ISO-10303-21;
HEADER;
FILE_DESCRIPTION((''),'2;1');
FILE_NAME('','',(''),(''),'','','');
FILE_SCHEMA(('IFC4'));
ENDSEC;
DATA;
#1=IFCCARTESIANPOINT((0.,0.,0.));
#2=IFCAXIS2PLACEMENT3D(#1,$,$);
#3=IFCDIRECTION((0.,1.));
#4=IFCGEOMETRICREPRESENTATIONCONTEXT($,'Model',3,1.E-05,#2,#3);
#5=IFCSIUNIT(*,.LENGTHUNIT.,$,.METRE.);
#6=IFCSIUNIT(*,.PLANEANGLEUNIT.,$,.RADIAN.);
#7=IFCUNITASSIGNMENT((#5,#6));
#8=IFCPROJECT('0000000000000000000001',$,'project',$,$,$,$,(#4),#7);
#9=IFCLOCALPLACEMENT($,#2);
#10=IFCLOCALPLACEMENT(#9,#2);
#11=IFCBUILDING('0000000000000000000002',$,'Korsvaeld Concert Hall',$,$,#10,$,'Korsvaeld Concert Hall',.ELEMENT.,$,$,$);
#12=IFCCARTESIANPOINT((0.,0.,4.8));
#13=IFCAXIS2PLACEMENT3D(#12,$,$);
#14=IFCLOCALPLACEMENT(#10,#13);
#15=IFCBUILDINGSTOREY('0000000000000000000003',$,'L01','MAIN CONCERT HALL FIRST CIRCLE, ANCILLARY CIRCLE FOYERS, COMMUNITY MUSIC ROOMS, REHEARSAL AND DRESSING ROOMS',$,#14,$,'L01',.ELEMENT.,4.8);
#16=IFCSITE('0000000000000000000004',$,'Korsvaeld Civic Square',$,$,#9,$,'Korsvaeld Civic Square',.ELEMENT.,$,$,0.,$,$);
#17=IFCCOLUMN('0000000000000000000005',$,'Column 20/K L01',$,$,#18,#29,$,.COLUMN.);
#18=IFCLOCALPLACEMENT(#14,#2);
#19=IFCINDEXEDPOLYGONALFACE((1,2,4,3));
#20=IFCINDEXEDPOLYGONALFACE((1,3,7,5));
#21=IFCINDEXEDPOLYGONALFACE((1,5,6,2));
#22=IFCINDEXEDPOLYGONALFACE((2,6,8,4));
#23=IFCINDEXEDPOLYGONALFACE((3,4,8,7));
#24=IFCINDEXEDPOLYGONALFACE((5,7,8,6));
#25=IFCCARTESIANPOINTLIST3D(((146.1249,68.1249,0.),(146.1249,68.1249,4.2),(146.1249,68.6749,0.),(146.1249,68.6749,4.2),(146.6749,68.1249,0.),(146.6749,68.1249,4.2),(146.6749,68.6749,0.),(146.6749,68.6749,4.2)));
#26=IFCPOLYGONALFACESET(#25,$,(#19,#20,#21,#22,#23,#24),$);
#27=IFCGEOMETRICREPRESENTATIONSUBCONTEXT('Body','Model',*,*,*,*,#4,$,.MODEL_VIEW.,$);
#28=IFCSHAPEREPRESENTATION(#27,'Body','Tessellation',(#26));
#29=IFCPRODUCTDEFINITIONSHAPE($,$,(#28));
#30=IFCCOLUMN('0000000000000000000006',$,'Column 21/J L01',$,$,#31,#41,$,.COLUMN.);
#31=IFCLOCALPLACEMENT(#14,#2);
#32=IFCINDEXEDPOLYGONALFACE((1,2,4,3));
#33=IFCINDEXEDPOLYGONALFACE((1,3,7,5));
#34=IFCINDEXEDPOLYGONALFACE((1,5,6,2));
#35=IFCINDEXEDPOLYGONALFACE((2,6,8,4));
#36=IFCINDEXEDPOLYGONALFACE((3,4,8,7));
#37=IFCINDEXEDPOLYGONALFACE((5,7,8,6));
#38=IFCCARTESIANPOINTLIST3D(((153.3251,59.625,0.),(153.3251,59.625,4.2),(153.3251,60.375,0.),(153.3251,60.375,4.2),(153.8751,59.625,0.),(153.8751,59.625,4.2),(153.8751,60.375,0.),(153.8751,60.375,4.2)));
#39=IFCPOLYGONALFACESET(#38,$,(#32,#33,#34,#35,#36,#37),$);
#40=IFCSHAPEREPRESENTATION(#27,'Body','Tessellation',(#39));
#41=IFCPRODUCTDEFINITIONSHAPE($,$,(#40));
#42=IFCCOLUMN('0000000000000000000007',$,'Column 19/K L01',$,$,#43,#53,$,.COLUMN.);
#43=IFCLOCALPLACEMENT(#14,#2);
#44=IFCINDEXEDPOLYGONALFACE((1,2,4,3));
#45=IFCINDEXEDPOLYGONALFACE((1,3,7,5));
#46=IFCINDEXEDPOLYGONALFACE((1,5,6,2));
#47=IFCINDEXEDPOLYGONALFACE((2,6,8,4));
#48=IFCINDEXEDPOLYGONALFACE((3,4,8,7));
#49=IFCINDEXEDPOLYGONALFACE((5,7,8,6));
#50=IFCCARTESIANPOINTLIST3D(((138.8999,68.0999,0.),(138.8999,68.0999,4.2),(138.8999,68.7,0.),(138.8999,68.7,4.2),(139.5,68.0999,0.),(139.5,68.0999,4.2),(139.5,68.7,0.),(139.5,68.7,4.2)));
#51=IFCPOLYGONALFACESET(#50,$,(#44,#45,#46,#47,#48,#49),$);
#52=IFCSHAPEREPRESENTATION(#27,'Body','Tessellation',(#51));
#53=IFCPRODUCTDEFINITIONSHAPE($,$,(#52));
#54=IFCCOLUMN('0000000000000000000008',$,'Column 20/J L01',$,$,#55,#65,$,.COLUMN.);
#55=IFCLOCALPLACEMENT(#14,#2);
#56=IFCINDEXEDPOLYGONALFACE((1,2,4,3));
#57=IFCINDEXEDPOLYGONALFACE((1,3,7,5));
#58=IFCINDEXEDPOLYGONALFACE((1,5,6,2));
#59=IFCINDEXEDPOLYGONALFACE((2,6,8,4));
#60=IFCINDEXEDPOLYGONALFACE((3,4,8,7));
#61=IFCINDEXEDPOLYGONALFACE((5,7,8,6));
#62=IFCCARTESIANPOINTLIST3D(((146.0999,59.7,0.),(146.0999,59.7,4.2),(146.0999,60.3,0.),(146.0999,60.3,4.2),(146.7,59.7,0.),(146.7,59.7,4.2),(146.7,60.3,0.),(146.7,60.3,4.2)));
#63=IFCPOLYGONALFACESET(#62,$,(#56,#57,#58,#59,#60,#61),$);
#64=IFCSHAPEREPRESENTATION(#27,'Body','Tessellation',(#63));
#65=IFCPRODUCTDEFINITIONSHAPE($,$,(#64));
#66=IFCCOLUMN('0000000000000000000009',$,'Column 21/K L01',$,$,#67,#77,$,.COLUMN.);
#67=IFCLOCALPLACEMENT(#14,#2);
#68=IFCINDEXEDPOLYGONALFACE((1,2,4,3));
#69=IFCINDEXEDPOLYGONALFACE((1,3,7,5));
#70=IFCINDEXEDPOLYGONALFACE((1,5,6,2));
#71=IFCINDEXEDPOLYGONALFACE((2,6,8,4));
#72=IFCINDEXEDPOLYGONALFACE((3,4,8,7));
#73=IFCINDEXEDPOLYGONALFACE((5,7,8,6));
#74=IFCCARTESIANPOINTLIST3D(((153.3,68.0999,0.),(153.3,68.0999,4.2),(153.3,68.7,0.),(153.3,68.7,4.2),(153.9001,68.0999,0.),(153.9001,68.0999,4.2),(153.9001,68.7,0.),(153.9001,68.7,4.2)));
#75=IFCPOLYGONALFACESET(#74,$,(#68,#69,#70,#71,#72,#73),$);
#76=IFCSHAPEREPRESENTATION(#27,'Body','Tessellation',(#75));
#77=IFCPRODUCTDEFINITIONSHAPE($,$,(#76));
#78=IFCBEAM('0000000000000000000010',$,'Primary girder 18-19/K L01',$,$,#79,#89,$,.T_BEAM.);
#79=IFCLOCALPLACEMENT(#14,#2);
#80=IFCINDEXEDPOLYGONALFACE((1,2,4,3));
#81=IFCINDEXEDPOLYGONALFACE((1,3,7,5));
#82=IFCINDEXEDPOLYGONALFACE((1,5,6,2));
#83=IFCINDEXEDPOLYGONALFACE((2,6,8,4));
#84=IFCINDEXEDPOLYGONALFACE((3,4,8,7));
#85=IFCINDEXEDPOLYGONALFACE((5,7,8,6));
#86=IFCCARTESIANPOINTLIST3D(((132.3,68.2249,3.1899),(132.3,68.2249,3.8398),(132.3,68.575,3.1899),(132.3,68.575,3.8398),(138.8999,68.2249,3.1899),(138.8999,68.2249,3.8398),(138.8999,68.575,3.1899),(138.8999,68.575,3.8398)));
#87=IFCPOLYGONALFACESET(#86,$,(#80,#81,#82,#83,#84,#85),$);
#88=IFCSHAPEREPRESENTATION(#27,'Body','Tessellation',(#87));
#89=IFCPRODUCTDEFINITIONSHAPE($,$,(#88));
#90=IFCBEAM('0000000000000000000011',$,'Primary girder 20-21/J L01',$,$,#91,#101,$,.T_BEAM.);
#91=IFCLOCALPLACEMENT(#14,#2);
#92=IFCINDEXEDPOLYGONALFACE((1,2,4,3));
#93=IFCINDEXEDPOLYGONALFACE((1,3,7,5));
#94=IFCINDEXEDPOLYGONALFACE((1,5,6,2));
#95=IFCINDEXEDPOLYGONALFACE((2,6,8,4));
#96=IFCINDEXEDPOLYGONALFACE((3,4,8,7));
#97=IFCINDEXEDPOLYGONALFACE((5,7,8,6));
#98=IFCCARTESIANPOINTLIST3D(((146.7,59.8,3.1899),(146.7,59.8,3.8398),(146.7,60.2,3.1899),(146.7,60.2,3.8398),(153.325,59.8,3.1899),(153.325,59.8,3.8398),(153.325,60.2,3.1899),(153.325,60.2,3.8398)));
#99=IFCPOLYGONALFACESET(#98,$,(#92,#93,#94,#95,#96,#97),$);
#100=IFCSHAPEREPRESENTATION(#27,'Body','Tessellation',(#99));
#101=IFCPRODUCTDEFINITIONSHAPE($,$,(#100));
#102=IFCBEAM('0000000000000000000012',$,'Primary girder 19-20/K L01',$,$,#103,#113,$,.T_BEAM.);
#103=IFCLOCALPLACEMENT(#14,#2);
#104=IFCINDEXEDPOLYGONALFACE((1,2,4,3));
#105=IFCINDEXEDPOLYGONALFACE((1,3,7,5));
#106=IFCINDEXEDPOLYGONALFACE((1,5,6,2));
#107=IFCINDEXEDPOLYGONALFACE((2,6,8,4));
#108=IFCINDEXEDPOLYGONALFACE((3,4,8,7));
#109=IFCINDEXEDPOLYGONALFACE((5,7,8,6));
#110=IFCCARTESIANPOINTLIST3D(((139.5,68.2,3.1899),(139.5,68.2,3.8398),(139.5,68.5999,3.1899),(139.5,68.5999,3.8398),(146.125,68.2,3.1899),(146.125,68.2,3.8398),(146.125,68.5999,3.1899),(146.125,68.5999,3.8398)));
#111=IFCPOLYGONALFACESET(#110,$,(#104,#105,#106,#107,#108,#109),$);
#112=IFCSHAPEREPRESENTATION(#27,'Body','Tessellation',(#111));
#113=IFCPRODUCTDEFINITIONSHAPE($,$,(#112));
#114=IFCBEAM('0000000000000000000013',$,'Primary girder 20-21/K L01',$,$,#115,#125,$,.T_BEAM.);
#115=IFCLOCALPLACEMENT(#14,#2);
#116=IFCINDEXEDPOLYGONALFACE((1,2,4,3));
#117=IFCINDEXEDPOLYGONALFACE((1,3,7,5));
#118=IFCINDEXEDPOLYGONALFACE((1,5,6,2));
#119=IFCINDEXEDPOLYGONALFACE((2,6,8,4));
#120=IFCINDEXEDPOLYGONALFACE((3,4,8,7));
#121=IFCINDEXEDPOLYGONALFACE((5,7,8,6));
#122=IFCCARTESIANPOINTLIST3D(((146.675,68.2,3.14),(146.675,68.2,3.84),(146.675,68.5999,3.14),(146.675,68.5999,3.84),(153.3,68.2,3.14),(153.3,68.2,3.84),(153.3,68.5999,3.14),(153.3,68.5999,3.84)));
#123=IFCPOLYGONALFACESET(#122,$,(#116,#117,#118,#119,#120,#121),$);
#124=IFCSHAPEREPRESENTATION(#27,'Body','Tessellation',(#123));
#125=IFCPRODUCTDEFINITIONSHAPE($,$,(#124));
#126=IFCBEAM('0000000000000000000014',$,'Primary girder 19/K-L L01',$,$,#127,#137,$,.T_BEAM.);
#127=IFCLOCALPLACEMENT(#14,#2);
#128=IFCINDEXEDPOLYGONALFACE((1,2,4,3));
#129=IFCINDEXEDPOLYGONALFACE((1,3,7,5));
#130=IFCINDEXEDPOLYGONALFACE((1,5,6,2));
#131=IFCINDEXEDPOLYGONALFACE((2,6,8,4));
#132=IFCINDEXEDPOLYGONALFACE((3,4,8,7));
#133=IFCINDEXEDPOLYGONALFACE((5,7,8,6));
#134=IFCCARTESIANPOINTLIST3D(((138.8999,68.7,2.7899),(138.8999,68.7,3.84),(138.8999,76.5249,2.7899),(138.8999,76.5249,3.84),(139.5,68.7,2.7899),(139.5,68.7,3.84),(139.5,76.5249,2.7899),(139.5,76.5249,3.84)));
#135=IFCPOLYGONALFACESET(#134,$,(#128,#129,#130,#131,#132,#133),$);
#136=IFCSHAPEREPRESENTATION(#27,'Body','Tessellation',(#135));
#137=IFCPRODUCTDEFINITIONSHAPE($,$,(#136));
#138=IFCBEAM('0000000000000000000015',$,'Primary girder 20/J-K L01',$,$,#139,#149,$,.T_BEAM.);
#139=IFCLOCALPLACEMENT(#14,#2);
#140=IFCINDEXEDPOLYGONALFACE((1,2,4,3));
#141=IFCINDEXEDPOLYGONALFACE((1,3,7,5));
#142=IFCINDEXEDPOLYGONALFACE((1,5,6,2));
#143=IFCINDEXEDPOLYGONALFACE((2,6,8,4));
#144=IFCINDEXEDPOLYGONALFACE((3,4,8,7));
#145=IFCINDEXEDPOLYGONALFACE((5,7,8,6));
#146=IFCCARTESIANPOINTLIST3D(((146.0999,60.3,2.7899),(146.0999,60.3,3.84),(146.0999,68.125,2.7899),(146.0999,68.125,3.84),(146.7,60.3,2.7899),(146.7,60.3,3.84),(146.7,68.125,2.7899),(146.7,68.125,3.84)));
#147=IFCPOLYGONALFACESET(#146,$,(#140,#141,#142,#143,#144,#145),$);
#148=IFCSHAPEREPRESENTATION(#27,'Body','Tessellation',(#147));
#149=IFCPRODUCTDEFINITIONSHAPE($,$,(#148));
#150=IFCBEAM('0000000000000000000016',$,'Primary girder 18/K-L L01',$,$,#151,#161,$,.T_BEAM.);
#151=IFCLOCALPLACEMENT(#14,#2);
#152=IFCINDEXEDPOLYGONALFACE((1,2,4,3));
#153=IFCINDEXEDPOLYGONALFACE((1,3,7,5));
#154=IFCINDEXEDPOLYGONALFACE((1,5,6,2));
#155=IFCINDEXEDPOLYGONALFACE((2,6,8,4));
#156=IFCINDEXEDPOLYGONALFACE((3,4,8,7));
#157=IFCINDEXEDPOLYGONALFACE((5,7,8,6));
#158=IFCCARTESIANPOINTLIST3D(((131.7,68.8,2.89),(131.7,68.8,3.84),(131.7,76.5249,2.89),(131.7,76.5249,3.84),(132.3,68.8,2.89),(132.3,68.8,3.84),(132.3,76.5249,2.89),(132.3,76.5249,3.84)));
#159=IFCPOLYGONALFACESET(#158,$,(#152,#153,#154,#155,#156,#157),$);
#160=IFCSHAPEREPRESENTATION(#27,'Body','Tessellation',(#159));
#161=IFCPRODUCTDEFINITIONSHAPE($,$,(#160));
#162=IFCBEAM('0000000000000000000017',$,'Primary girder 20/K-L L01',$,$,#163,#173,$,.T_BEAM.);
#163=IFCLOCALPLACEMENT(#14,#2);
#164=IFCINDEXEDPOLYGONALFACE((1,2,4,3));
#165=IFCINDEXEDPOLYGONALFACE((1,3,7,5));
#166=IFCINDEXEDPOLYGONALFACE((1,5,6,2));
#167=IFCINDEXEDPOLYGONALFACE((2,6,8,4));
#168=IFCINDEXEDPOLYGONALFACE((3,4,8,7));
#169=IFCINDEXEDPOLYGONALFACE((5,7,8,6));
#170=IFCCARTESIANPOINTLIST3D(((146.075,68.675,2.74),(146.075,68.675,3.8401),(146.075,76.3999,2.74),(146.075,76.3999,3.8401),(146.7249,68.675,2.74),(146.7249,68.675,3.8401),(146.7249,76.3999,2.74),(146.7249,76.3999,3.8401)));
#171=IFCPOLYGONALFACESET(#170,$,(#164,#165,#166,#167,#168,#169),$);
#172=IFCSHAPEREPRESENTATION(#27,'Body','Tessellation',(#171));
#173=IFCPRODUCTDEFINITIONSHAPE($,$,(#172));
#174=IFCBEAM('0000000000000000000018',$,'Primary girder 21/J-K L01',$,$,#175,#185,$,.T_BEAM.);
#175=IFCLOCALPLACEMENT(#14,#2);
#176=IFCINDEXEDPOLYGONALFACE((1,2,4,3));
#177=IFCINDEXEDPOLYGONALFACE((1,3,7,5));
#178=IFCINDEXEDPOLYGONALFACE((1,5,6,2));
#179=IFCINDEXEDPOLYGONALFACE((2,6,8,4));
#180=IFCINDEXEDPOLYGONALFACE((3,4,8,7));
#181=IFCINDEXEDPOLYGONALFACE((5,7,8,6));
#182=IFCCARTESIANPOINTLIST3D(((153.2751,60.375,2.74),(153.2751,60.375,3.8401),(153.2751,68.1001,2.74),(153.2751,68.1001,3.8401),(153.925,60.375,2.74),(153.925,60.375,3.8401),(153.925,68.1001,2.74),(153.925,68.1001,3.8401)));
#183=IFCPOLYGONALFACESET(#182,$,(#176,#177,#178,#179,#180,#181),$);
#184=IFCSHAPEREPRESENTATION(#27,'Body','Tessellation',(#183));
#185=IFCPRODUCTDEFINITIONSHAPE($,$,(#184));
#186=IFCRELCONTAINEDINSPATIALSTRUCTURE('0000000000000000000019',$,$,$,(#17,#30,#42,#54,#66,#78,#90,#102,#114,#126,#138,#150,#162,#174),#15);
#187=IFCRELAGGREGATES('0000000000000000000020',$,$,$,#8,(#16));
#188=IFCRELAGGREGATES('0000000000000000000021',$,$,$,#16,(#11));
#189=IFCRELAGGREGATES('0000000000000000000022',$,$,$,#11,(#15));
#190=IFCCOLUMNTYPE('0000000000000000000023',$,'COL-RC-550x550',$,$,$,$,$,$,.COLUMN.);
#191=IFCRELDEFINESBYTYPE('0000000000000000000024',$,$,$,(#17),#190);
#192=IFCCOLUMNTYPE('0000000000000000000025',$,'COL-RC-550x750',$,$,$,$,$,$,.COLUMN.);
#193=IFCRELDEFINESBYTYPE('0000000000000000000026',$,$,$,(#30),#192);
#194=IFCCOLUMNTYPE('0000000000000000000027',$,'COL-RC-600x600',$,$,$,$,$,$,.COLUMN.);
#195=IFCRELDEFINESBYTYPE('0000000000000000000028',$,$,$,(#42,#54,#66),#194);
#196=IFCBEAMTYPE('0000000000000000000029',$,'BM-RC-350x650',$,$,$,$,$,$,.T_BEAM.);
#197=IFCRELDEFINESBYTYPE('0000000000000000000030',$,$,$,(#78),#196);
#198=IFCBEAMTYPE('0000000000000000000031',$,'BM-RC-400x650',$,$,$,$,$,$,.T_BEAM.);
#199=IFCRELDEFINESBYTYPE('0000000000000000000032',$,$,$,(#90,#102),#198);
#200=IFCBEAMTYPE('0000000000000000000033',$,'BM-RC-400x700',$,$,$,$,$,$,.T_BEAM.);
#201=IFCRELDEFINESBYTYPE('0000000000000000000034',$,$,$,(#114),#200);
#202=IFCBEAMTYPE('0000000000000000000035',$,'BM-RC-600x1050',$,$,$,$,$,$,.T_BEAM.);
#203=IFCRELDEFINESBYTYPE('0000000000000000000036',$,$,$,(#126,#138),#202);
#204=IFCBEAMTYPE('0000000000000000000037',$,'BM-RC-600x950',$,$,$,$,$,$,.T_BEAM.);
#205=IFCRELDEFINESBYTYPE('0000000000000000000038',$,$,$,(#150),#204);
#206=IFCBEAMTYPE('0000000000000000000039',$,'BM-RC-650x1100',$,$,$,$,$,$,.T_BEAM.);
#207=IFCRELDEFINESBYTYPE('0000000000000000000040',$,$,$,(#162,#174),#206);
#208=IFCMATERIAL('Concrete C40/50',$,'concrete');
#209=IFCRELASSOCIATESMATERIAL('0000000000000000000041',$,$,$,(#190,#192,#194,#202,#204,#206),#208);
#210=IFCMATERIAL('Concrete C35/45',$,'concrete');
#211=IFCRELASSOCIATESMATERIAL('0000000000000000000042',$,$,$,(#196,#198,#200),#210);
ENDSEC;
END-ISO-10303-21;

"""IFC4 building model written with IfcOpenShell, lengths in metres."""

from ifc_helpers import new_model, si_unit, direction, frame, origin, origin_2d, place, context, subcontext, project, spatial, rectangle, extrude, material, material_profile, profile_set, type_object, element, save


model = new_model("IFC4")

# Units and contexts
model_context = context("Model", 3, precision=1e-05, world=origin(), true_north=direction((0.0, 1.0)))
body_context = subcontext(model_context, "Body", "Model", "MODEL_VIEW")
ifc_project = project(units=[si_unit("LENGTHUNIT", "METRE"), si_unit("PLANEANGLEUNIT", "RADIAN")], contexts=[model_context])

# Site, building, storey
site_placement = place(None, origin())
site = spatial("IfcSite", under=ifc_project, at=site_placement, Name="Korsvaeld Civic Square", LongName="Korsvaeld Civic Square", CompositionType="ELEMENT", RefElevation=0.0)
building_placement = place(site_placement, origin())
building = spatial("IfcBuilding", under=site, at=building_placement, Name="Korsvaeld Concert Hall", LongName="Korsvaeld Concert Hall", CompositionType="ELEMENT")
storey_placement = place(building_placement, frame((0.0, 0.0, 4.8)))
storey = spatial("IfcBuildingStorey", under=building, at=storey_placement, Name="L01", Description="MAIN CONCERT HALL FIRST CIRCLE, ANCILLARY CIRCLE FOYERS, COMMUNITY MUSIC ROOMS, REHEARSAL AND DRESSING ROOMS", LongName="L01", CompositionType="ELEMENT", Elevation=4.8)

# Columns
ifc_material_1 = material(Name="Concrete C40/50", Category="concrete")
ifc_material_profile_1 = material_profile(ifc_material_1, rectangle(XDim=0.55, YDim=0.55, at=origin_2d()), Name="RC 550x550")
ifc_profile_set_1 = profile_set([ifc_material_profile_1], Name="Concrete C40/50")
column_type_1 = type_object("IfcColumnType", Name="COL-RC-550x550", PredefinedType="COLUMN", material=ifc_profile_set_1)
column_1_placement = place(storey_placement, frame((146.3999, 68.3999, 0.0), z_axis=(0.0, 0.0, 1.0), x_axis=(1.0, 0.0, 0.0)))
element("IfcColumn", 1, at=column_1_placement, inside=storey, type_object=column_type_1, Name="Column 20/K L01", PredefinedType="COLUMN", context=body_context, shape_type="SweptSolid", body=[
    extrude(rectangle(XDim=0.55, YDim=0.55, at=origin_2d()), origin(), (0.0, 0.0, 1.0), 4.2),
])
ifc_material_profile_2 = material_profile(ifc_material_1, rectangle(XDim=0.55, YDim=0.75, at=origin_2d()), Name="RC 550x750")
ifc_profile_set_2 = profile_set([ifc_material_profile_2], Name="Concrete C40/50")
column_type_2 = type_object("IfcColumnType", Name="COL-RC-550x750", PredefinedType="COLUMN", material=ifc_profile_set_2)
column_2_placement = place(storey_placement, frame((153.6001, 60.0, 0.0), z_axis=(0.0, 0.0, 1.0), x_axis=(1.0, 0.0, 0.0)))
element("IfcColumn", 2, at=column_2_placement, inside=storey, type_object=column_type_2, Name="Column 21/J L01", PredefinedType="COLUMN", context=body_context, shape_type="SweptSolid", body=[
    extrude(rectangle(XDim=0.55, YDim=0.75, at=origin_2d()), origin(), (0.0, 0.0, 1.0), 4.2),
])
ifc_material_profile_3 = material_profile(ifc_material_1, rectangle(XDim=0.6001, YDim=0.6001, at=origin_2d()), Name="RC 600x600")
ifc_profile_set_3 = profile_set([ifc_material_profile_3], Name="Concrete C40/50")
column_type_3 = type_object("IfcColumnType", Name="COL-RC-600x600", PredefinedType="COLUMN", material=ifc_profile_set_3)
for number, where, z_axis, x_axis, name in (
    (3, (139.2, 68.3999, 0.0), (0.0, 0.0, 1.0), (1.0, 0.0, 0.0), "Column 19/K L01"),
    (4, (146.3999, 60.0, 0.0), (0.0, 0.0, 1.0), (1.0, 0.0, 0.0), "Column 20/J L01"),
    (5, (153.6001, 68.3999, 0.0), (0.0, 0.0, 1.0), (1.0, 0.0, 0.0), "Column 21/K L01"),
):
    element("IfcColumn", number, at=place(storey_placement, frame(where, z_axis=z_axis, x_axis=x_axis)), inside=storey, type_object=column_type_3, Name=name, PredefinedType="COLUMN", context=body_context, shape_type="SweptSolid", body=[
        extrude(rectangle(XDim=0.6001, YDim=0.6001, at=origin_2d()), origin(), (0.0, 0.0, 1.0), 4.2),
    ])

# Beams
ifc_material_2 = material(Name="Concrete C35/45", Category="concrete")
ifc_material_profile_4 = material_profile(ifc_material_2, rectangle(XDim=0.3501, YDim=0.6499, at=origin_2d()), Name="RC 350x650")
ifc_profile_set_4 = profile_set([ifc_material_profile_4], Name="Concrete C35/45")
beam_type_1 = type_object("IfcBeamType", Name="BM-RC-350x650", PredefinedType="T_BEAM", material=ifc_profile_set_4)
beam_1_placement = place(storey_placement, frame((132.3, 68.3999, 3.5149), z_axis=(1.0, 0.0, 0.0), x_axis=(0.0, 1.0, 0.0)))
element("IfcBeam", 6, at=beam_1_placement, inside=storey, type_object=beam_type_1, Name="Primary girder 18-19/K L01", PredefinedType="T_BEAM", context=body_context, shape_type="SweptSolid", body=[
    extrude(rectangle(XDim=0.3501, YDim=0.6499, at=origin_2d()), origin(), (0.0, 0.0, 1.0), 6.5999),
])
ifc_material_profile_5 = material_profile(ifc_material_2, rectangle(XDim=0.3999, YDim=0.6499, at=origin_2d()), Name="RC 400x650")
ifc_profile_set_5 = profile_set([ifc_material_profile_5], Name="Concrete C35/45")
beam_type_2 = type_object("IfcBeamType", Name="BM-RC-400x650", PredefinedType="T_BEAM", material=ifc_profile_set_5)
for number, where, z_axis, x_axis, name in (
    (7, (146.7, 60.0, 3.5149), (1.0, 0.0, 0.0), (0.0, 1.0, 0.0), "Primary girder 20-21/J L01"),
    (8, (139.5, 68.3999, 3.5149), (1.0, 0.0, 0.0), (0.0, 1.0, 0.0), "Primary girder 19-20/K L01"),
):
    element("IfcBeam", number, at=place(storey_placement, frame(where, z_axis=z_axis, x_axis=x_axis)), inside=storey, type_object=beam_type_2, Name=name, PredefinedType="T_BEAM", context=body_context, shape_type="SweptSolid", body=[
        extrude(rectangle(XDim=0.3999, YDim=0.6499, at=origin_2d()), origin(), (0.0, 0.0, 1.0), 6.625),
    ])
ifc_material_profile_6 = material_profile(ifc_material_2, rectangle(XDim=0.3999, YDim=0.7, at=origin_2d()), Name="RC 400x700")
ifc_profile_set_6 = profile_set([ifc_material_profile_6], Name="Concrete C35/45")
beam_type_3 = type_object("IfcBeamType", Name="BM-RC-400x700", PredefinedType="T_BEAM", material=ifc_profile_set_6)
beam_2_placement = place(storey_placement, frame((146.675, 68.3999, 3.49), z_axis=(1.0, 0.0, 0.0), x_axis=(0.0, 1.0, 0.0)))
element("IfcBeam", 9, at=beam_2_placement, inside=storey, type_object=beam_type_3, Name="Primary girder 20-21/K L01", PredefinedType="T_BEAM", context=body_context, shape_type="SweptSolid", body=[
    extrude(rectangle(XDim=0.3999, YDim=0.7, at=origin_2d()), origin(), (0.0, 0.0, 1.0), 6.625),
])
ifc_material_profile_7 = material_profile(ifc_material_1, rectangle(XDim=0.6001, YDim=1.05, at=origin_2d()), Name="RC 600x1050")
ifc_profile_set_7 = profile_set([ifc_material_profile_7], Name="Concrete C40/50")
beam_type_4 = type_object("IfcBeamType", Name="BM-RC-600x1050", PredefinedType="T_BEAM", material=ifc_profile_set_7)
for number, where, z_axis, x_axis, name in (
    (10, (139.2, 68.7, 3.3149), (0.0, 1.0, 0.0), (-1.0, 0.0, 0.0), "Primary girder 19/K-L L01"),
    (11, (146.3999, 60.3, 3.3149), (0.0, 1.0, 0.0), (-1.0, 0.0, 0.0), "Primary girder 20/J-K L01"),
):
    element("IfcBeam", number, at=place(storey_placement, frame(where, z_axis=z_axis, x_axis=x_axis)), inside=storey, type_object=beam_type_4, Name=name, PredefinedType="T_BEAM", context=body_context, shape_type="SweptSolid", body=[
        extrude(rectangle(XDim=0.6001, YDim=1.05, at=origin_2d()), origin(), (0.0, 0.0, 1.0), 7.825),
    ])
ifc_material_profile_8 = material_profile(ifc_material_1, rectangle(XDim=0.6001, YDim=0.95, at=origin_2d()), Name="RC 600x950")
ifc_profile_set_8 = profile_set([ifc_material_profile_8], Name="Concrete C40/50")
beam_type_5 = type_object("IfcBeamType", Name="BM-RC-600x950", PredefinedType="T_BEAM", material=ifc_profile_set_8)
beam_3_placement = place(storey_placement, frame((132.0, 68.8, 3.365), z_axis=(0.0, 1.0, 0.0), x_axis=(-1.0, 0.0, 0.0)))
element("IfcBeam", 12, at=beam_3_placement, inside=storey, type_object=beam_type_5, Name="Primary girder 18/K-L L01", PredefinedType="T_BEAM", context=body_context, shape_type="SweptSolid", body=[
    extrude(rectangle(XDim=0.6001, YDim=0.95, at=origin_2d()), origin(), (0.0, 0.0, 1.0), 7.7249),
])
ifc_material_profile_9 = material_profile(ifc_material_1, rectangle(XDim=0.6499, YDim=1.1001, at=origin_2d()), Name="RC 650x1100")
ifc_profile_set_9 = profile_set([ifc_material_profile_9], Name="Concrete C40/50")
beam_type_6 = type_object("IfcBeamType", Name="BM-RC-650x1100", PredefinedType="T_BEAM", material=ifc_profile_set_9)
beam_4_placement = place(storey_placement, frame((146.3999, 68.675, 3.29), z_axis=(0.0, 1.0, 0.0), x_axis=(-1.0, 0.0, 0.0)))
element("IfcBeam", 13, at=beam_4_placement, inside=storey, type_object=beam_type_6, Name="Primary girder 20/K-L L01", PredefinedType="T_BEAM", context=body_context, shape_type="SweptSolid", body=[
    extrude(rectangle(XDim=0.6499, YDim=1.1001, at=origin_2d()), origin(), (0.0, 0.0, 1.0), 7.7249),
])
beam_5_placement = place(storey_placement, frame((153.6001, 60.375, 3.29), z_axis=(0.0, 1.0, 0.0), x_axis=(-1.0, 0.0, 0.0)))
element("IfcBeam", 14, at=beam_5_placement, inside=storey, type_object=beam_type_6, Name="Primary girder 21/J-K L01", PredefinedType="T_BEAM", context=body_context, shape_type="SweptSolid", body=[
    extrude(rectangle(XDim=0.6499, YDim=1.1001, at=origin_2d()), origin(), (0.0, 0.0, 1.0), 7.7251),
])

save(model, "model.ifc")
